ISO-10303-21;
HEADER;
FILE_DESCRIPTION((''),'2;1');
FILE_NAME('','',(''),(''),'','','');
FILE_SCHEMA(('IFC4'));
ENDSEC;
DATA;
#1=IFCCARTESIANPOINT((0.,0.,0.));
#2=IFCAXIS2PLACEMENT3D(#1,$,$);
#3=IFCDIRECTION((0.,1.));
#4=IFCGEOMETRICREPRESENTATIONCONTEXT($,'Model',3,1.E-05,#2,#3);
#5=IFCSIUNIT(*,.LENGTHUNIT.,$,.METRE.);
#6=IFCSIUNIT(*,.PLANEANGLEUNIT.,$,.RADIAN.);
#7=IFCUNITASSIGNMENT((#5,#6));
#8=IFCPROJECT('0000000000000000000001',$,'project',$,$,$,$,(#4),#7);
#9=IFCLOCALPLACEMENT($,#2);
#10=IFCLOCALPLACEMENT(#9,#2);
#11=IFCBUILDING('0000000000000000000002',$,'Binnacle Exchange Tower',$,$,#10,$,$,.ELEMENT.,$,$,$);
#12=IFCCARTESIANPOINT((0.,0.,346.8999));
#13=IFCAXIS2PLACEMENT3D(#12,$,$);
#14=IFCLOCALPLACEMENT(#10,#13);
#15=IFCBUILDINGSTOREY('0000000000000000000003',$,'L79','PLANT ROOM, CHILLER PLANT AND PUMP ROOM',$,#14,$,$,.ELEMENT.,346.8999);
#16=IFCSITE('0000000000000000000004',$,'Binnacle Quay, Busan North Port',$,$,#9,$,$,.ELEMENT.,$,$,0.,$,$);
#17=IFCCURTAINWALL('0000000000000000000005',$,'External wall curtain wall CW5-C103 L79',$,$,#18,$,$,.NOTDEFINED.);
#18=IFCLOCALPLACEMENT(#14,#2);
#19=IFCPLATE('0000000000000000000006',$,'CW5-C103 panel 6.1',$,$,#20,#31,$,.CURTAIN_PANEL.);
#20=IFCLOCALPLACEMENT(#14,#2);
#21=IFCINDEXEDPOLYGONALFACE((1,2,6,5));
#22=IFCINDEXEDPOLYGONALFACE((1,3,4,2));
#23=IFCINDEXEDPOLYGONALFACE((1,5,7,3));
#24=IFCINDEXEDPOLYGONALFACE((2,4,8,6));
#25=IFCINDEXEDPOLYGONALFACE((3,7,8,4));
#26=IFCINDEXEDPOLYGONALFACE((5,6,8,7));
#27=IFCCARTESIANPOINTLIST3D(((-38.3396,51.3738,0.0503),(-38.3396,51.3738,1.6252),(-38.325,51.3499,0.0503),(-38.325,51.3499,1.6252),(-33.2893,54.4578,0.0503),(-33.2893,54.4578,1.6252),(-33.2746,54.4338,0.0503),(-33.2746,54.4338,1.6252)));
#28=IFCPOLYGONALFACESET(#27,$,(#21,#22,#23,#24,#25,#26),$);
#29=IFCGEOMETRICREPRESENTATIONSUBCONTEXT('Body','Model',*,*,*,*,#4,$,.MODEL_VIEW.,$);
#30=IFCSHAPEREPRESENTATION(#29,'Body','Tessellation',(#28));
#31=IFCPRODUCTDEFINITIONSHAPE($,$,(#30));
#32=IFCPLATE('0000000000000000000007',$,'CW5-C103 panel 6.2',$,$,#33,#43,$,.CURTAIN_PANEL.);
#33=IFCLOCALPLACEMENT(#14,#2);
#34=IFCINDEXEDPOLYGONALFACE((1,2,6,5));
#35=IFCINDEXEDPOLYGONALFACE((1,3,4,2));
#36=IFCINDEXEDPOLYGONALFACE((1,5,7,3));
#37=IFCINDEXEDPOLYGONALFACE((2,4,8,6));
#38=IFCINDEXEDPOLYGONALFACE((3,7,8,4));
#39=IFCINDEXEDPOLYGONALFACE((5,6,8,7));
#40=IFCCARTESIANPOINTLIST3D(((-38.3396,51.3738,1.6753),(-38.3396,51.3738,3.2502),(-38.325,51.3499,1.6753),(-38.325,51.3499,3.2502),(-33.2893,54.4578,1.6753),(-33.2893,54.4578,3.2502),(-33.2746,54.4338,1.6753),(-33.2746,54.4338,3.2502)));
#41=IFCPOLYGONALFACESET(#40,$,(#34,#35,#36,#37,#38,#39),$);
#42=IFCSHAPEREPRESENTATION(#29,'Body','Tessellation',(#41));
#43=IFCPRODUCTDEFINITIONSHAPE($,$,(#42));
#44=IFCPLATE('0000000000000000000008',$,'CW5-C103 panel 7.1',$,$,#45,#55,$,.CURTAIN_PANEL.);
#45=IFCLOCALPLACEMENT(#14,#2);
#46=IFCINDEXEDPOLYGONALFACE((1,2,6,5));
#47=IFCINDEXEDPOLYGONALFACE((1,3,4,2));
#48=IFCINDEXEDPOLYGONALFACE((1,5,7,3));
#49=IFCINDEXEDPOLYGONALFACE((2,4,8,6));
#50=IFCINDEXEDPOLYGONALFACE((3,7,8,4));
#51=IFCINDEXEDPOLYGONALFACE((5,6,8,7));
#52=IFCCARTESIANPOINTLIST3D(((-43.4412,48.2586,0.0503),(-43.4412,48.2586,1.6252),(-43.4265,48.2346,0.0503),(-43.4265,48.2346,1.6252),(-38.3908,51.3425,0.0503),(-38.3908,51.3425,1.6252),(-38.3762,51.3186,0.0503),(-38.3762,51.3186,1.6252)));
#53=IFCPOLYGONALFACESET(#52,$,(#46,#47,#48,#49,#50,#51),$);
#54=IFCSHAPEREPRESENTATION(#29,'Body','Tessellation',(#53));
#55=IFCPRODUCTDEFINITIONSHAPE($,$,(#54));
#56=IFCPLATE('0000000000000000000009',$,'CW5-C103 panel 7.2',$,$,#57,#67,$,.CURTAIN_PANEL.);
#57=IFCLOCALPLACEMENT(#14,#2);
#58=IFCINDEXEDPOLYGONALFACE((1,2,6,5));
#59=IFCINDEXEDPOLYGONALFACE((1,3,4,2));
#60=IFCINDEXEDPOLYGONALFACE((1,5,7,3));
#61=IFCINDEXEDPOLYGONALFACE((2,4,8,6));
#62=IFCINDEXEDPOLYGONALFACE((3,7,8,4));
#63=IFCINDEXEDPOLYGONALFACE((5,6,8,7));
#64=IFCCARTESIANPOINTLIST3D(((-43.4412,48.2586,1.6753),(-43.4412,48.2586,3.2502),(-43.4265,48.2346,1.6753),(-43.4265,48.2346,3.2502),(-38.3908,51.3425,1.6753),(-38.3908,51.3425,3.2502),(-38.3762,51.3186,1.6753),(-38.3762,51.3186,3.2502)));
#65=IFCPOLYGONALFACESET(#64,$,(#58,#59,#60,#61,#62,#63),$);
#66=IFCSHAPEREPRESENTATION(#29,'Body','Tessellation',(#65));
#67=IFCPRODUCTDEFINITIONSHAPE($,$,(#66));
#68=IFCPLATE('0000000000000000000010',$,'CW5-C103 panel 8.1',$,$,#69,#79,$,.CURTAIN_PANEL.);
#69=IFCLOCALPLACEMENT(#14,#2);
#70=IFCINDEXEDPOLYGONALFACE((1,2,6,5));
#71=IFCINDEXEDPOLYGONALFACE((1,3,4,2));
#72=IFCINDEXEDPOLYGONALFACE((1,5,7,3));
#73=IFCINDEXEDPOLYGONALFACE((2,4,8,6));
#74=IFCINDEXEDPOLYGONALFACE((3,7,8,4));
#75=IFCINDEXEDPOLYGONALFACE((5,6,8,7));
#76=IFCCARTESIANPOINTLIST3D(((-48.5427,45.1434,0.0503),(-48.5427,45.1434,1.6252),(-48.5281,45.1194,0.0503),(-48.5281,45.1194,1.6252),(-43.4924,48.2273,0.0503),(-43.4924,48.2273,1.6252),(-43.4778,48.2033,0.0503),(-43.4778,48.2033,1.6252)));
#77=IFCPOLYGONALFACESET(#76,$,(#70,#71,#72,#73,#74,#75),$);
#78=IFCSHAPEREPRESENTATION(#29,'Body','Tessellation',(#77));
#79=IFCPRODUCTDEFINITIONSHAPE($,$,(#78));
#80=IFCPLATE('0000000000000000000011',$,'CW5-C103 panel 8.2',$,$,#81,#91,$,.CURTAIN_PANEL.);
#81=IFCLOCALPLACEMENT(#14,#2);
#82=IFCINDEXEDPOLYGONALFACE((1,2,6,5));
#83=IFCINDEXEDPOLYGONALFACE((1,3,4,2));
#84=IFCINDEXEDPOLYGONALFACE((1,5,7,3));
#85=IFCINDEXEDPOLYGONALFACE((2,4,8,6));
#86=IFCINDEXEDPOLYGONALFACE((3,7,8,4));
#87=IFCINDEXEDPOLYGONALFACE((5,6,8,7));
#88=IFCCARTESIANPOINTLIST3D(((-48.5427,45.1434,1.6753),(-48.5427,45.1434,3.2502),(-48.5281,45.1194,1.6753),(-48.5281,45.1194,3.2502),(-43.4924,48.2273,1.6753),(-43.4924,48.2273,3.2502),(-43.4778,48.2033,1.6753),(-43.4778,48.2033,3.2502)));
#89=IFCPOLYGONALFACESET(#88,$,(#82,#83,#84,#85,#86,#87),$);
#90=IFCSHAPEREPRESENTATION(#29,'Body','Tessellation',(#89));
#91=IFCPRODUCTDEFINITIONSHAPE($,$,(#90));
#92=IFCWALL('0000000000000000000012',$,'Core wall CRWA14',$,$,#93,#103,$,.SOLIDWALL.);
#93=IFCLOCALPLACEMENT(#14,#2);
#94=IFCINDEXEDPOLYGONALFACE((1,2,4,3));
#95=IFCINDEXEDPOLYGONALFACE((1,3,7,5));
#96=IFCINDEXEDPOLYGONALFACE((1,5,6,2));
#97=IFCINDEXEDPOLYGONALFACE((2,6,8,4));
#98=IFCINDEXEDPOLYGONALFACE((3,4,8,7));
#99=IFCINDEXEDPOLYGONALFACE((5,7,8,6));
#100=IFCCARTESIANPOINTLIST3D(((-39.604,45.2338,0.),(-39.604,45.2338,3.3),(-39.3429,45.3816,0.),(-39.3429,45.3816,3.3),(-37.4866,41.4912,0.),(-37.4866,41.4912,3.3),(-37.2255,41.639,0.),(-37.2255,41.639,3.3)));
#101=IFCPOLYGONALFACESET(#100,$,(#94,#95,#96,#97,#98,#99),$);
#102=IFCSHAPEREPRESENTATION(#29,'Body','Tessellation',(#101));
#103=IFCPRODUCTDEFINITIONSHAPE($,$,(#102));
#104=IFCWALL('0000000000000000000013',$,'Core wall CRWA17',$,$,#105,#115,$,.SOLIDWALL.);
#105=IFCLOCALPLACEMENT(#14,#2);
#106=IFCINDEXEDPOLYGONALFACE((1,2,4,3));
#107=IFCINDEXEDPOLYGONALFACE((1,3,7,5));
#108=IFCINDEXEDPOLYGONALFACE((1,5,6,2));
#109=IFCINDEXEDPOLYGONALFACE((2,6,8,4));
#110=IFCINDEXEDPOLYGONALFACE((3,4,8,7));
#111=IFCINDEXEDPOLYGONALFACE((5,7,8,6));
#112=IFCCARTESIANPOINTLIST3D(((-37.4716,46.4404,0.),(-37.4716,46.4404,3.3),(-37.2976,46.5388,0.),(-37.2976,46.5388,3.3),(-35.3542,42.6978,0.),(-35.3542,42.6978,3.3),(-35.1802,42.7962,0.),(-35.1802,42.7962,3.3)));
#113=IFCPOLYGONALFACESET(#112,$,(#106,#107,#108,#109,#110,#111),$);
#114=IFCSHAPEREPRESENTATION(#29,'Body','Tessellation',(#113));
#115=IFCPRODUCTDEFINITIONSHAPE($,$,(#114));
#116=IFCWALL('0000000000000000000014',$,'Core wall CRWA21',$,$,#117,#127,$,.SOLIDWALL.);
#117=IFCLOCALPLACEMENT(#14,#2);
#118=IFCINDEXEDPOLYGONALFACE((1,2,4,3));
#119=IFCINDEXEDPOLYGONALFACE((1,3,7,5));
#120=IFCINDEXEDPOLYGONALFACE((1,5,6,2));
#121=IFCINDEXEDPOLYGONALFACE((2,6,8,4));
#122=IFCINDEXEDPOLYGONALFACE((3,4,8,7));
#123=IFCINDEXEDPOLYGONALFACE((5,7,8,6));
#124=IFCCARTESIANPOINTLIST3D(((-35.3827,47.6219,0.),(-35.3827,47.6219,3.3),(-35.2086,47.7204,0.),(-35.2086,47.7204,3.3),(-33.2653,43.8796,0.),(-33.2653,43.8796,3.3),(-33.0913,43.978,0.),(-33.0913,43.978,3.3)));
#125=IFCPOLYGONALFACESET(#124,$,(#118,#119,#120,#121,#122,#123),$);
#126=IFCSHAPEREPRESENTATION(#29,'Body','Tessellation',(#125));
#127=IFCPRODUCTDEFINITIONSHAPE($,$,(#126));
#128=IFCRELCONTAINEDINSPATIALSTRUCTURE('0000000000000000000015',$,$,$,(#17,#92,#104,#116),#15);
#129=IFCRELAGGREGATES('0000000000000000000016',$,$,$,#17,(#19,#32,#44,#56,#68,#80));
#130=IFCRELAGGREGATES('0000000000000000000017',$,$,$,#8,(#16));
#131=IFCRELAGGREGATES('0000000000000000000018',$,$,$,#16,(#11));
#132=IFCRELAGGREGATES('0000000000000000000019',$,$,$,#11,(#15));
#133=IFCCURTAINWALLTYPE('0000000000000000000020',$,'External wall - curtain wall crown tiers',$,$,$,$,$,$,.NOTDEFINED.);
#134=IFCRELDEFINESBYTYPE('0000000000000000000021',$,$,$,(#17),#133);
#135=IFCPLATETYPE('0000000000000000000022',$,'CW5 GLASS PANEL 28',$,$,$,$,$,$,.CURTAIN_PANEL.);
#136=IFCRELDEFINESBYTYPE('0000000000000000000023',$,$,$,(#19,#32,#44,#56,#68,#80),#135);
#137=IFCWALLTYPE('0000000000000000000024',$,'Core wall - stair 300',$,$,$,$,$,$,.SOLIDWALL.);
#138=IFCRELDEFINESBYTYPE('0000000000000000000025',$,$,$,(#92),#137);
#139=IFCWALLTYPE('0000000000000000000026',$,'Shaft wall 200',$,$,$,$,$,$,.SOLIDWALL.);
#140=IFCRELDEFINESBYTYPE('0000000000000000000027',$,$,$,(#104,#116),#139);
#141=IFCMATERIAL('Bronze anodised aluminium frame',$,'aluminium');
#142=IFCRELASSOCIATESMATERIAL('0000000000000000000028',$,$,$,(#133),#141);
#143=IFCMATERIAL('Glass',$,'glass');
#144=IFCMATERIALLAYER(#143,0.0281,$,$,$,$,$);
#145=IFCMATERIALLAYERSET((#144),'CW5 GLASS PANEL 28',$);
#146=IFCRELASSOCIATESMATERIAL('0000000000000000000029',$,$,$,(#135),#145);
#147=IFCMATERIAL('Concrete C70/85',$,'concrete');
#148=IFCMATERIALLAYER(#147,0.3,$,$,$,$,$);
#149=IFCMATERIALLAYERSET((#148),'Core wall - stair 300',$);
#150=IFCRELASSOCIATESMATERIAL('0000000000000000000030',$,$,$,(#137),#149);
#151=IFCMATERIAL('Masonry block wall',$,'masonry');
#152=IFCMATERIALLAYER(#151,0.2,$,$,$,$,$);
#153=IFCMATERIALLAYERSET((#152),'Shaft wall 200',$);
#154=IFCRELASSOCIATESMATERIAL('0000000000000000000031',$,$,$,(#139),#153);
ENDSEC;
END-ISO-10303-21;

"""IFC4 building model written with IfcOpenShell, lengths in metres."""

from ifc_helpers import new_model, si_unit, direction, frame, frame_2d, origin, origin_2d, place, context, subcontext, project, spatial, rectangle, extrude, material, layer, layer_set, type_object, element, aggregate, save


model = new_model("IFC4")

# Units and contexts
model_context = context("Model", 3, precision=1e-05, world=origin(), true_north=direction((0.0, 1.0)))
body_context = subcontext(model_context, "Body", "Model", "MODEL_VIEW")
ifc_project = project(units=[si_unit("LENGTHUNIT", "METRE"), si_unit("PLANEANGLEUNIT", "RADIAN")], contexts=[model_context])

# Site, building, storey
site_placement = place(None, origin())
site = spatial("IfcSite", under=ifc_project, at=site_placement, Name="Binnacle Quay, Busan North Port", CompositionType="ELEMENT", RefElevation=0.0)
building_placement = place(site_placement, origin())
building = spatial("IfcBuilding", under=site, at=building_placement, Name="Binnacle Exchange Tower", CompositionType="ELEMENT")
storey_placement = place(building_placement, frame((0.0, 0.0, 346.8999)))
storey = spatial("IfcBuildingStorey", under=building, at=storey_placement, Name="L79", Description="PLANT ROOM, CHILLER PLANT AND PUMP ROOM", CompositionType="ELEMENT", Elevation=346.8999)

# Curtain wall
ifc_material_1 = material(Name="Bronze anodised aluminium frame", Category="aluminium")
curtain_wall_type = type_object("IfcCurtainWallType", Name="External wall - curtain wall crown tiers", PredefinedType="NOTDEFINED", material=ifc_material_1)
curtain_wall_placement = place(storey_placement, origin())
curtain_wall = element("IfcCurtainWall", 1, at=curtain_wall_placement, inside=storey, type_object=curtain_wall_type, Name="External wall curtain wall CW5-C103 L79", PredefinedType="NOTDEFINED")

# Plates
ifc_material_2 = material(Name="Glass", Category="glass")
ifc_layer_1 = layer(ifc_material_2, 0.0281)
ifc_layer_set_1 = layer_set([ifc_layer_1], Name="CW5 GLASS PANEL 28")
plate_type = type_object("IfcPlateType", Name="CW5 GLASS PANEL 28", PredefinedType="CURTAIN_PANEL", material=ifc_layer_set_1)
plate_1_placement = place(storey_placement, frame((-35.8071, 52.9038, 0.0503), z_axis=(0.0, 0.0, 1.0), x_axis=(-0.853461, -0.521157, 0.0)))
plate_1 = element("IfcPlate", 2, at=plate_1_placement, type_object=plate_type, Name="CW5-C103 panel 6.1", PredefinedType="CURTAIN_PANEL", context=body_context, shape_type="SweptSolid", body=[
    extrude(rectangle(XDim=5.9175, YDim=0.0281, at=origin_2d()), origin(), (0.0, 0.0, 1.0), 1.575),
])
plate_2_placement = place(storey_placement, frame((-35.8071, 52.9038, 1.6753), z_axis=(0.0, 0.0, 1.0), x_axis=(-0.853461, -0.521157, 0.0)))
plate_2 = element("IfcPlate", 3, at=plate_2_placement, type_object=plate_type, Name="CW5-C103 panel 6.2", PredefinedType="CURTAIN_PANEL", context=body_context, shape_type="SweptSolid", body=[
    extrude(rectangle(XDim=5.9175, YDim=0.0281, at=origin_2d()), origin(), (0.0, 0.0, 1.0), 1.575),
])
plate_3_placement = place(storey_placement, frame((-40.9087, 49.7886, 0.0503), z_axis=(0.0, 0.0, 1.0), x_axis=(-0.853461, -0.521157, 0.0)))
plate_3 = element("IfcPlate", 4, at=plate_3_placement, type_object=plate_type, Name="CW5-C103 panel 7.1", PredefinedType="CURTAIN_PANEL", context=body_context, shape_type="SweptSolid", body=[
    extrude(rectangle(XDim=5.9175, YDim=0.0281, at=origin_2d()), origin(), (0.0, 0.0, 1.0), 1.575),
])
plate_4_placement = place(storey_placement, frame((-40.9087, 49.7886, 1.6753), z_axis=(0.0, 0.0, 1.0), x_axis=(-0.853461, -0.521157, 0.0)))
plate_4 = element("IfcPlate", 5, at=plate_4_placement, type_object=plate_type, Name="CW5-C103 panel 7.2", PredefinedType="CURTAIN_PANEL", context=body_context, shape_type="SweptSolid", body=[
    extrude(rectangle(XDim=5.9175, YDim=0.0281, at=origin_2d()), origin(), (0.0, 0.0, 1.0), 1.575),
])
plate_5_placement = place(storey_placement, frame((-46.0103, 46.6733, 0.0503), z_axis=(0.0, 0.0, 1.0), x_axis=(-0.853461, -0.521157, 0.0)))
plate_5 = element("IfcPlate", 6, at=plate_5_placement, type_object=plate_type, Name="CW5-C103 panel 8.1", PredefinedType="CURTAIN_PANEL", context=body_context, shape_type="SweptSolid", body=[
    extrude(rectangle(XDim=5.9175, YDim=0.0281, at=origin_2d()), origin(), (0.0, 0.0, 1.0), 1.575),
])
plate_6_placement = place(storey_placement, frame((-46.0103, 46.6733, 1.6753), z_axis=(0.0, 0.0, 1.0), x_axis=(-0.853461, -0.521157, 0.0)))
plate_6 = element("IfcPlate", 7, at=plate_6_placement, type_object=plate_type, Name="CW5-C103 panel 8.2", PredefinedType="CURTAIN_PANEL", context=body_context, shape_type="SweptSolid", body=[
    extrude(rectangle(XDim=5.9175, YDim=0.0281, at=origin_2d()), origin(), (0.0, 0.0, 1.0), 1.575),
])
aggregate(curtain_wall, [plate_1, plate_2, plate_3, plate_4, plate_5, plate_6])

# Walls
ifc_material_3 = material(Name="Concrete C70/85", Category="concrete")
ifc_layer_2 = layer(ifc_material_3, 0.3)
ifc_layer_set_2 = layer_set([ifc_layer_2], Name="Core wall - stair 300")
wall_type_1 = type_object("IfcWallType", Name="Core wall - stair 300", PredefinedType="SOLIDWALL", material=ifc_layer_set_2)
wall_1_placement = place(storey_placement, frame((-39.4734, 45.3076, 0.0), z_axis=(0.0, 0.0, 1.0), x_axis=(0.492411, -0.870363, 0.0)))
element("IfcWall", 8, at=wall_1_placement, inside=storey, type_object=wall_type_1, Name="Core wall CRWA14", PredefinedType="SOLIDWALL", context=body_context, shape_type="SweptSolid", body=[
    extrude(rectangle(XDim=4.3, YDim=0.3, at=frame_2d((2.1499, 0.0))), origin(), (0.0, 0.0, 1.0), 3.3),
])
ifc_material_4 = material(Name="Masonry block wall", Category="masonry")
ifc_layer_3 = layer(ifc_material_4, 0.2)
ifc_layer_set_3 = layer_set([ifc_layer_3], Name="Shaft wall 200")
wall_type_2 = type_object("IfcWallType", Name="Shaft wall 200", PredefinedType="SOLIDWALL", material=ifc_layer_set_3)
wall_2_placement = place(storey_placement, frame((-37.3845, 46.4895, 0.0), z_axis=(0.0, 0.0, 1.0), x_axis=(0.492411, -0.870363, 0.0)))
element("IfcWall", 9, at=wall_2_placement, inside=storey, type_object=wall_type_2, Name="Core wall CRWA17", PredefinedType="SOLIDWALL", context=body_context, shape_type="SweptSolid", body=[
    extrude(rectangle(XDim=4.3, YDim=0.2, at=frame_2d((2.1499, 0.0))), origin(), (0.0, 0.0, 1.0), 3.3),
])
wall_3_placement = place(storey_placement, frame((-35.2957, 47.6711, 0.0), z_axis=(0.0, 0.0, 1.0), x_axis=(0.492435, -0.870349, 0.0)))
element("IfcWall", 10, at=wall_3_placement, inside=storey, type_object=wall_type_2, Name="Core wall CRWA21", PredefinedType="SOLIDWALL", context=body_context, shape_type="SweptSolid", body=[
    extrude(rectangle(XDim=4.2998, YDim=0.2, at=frame_2d((2.1499, 0.0))), origin(), (0.0, 0.0, 1.0), 3.3),
])

save(model, "model.ifc")
